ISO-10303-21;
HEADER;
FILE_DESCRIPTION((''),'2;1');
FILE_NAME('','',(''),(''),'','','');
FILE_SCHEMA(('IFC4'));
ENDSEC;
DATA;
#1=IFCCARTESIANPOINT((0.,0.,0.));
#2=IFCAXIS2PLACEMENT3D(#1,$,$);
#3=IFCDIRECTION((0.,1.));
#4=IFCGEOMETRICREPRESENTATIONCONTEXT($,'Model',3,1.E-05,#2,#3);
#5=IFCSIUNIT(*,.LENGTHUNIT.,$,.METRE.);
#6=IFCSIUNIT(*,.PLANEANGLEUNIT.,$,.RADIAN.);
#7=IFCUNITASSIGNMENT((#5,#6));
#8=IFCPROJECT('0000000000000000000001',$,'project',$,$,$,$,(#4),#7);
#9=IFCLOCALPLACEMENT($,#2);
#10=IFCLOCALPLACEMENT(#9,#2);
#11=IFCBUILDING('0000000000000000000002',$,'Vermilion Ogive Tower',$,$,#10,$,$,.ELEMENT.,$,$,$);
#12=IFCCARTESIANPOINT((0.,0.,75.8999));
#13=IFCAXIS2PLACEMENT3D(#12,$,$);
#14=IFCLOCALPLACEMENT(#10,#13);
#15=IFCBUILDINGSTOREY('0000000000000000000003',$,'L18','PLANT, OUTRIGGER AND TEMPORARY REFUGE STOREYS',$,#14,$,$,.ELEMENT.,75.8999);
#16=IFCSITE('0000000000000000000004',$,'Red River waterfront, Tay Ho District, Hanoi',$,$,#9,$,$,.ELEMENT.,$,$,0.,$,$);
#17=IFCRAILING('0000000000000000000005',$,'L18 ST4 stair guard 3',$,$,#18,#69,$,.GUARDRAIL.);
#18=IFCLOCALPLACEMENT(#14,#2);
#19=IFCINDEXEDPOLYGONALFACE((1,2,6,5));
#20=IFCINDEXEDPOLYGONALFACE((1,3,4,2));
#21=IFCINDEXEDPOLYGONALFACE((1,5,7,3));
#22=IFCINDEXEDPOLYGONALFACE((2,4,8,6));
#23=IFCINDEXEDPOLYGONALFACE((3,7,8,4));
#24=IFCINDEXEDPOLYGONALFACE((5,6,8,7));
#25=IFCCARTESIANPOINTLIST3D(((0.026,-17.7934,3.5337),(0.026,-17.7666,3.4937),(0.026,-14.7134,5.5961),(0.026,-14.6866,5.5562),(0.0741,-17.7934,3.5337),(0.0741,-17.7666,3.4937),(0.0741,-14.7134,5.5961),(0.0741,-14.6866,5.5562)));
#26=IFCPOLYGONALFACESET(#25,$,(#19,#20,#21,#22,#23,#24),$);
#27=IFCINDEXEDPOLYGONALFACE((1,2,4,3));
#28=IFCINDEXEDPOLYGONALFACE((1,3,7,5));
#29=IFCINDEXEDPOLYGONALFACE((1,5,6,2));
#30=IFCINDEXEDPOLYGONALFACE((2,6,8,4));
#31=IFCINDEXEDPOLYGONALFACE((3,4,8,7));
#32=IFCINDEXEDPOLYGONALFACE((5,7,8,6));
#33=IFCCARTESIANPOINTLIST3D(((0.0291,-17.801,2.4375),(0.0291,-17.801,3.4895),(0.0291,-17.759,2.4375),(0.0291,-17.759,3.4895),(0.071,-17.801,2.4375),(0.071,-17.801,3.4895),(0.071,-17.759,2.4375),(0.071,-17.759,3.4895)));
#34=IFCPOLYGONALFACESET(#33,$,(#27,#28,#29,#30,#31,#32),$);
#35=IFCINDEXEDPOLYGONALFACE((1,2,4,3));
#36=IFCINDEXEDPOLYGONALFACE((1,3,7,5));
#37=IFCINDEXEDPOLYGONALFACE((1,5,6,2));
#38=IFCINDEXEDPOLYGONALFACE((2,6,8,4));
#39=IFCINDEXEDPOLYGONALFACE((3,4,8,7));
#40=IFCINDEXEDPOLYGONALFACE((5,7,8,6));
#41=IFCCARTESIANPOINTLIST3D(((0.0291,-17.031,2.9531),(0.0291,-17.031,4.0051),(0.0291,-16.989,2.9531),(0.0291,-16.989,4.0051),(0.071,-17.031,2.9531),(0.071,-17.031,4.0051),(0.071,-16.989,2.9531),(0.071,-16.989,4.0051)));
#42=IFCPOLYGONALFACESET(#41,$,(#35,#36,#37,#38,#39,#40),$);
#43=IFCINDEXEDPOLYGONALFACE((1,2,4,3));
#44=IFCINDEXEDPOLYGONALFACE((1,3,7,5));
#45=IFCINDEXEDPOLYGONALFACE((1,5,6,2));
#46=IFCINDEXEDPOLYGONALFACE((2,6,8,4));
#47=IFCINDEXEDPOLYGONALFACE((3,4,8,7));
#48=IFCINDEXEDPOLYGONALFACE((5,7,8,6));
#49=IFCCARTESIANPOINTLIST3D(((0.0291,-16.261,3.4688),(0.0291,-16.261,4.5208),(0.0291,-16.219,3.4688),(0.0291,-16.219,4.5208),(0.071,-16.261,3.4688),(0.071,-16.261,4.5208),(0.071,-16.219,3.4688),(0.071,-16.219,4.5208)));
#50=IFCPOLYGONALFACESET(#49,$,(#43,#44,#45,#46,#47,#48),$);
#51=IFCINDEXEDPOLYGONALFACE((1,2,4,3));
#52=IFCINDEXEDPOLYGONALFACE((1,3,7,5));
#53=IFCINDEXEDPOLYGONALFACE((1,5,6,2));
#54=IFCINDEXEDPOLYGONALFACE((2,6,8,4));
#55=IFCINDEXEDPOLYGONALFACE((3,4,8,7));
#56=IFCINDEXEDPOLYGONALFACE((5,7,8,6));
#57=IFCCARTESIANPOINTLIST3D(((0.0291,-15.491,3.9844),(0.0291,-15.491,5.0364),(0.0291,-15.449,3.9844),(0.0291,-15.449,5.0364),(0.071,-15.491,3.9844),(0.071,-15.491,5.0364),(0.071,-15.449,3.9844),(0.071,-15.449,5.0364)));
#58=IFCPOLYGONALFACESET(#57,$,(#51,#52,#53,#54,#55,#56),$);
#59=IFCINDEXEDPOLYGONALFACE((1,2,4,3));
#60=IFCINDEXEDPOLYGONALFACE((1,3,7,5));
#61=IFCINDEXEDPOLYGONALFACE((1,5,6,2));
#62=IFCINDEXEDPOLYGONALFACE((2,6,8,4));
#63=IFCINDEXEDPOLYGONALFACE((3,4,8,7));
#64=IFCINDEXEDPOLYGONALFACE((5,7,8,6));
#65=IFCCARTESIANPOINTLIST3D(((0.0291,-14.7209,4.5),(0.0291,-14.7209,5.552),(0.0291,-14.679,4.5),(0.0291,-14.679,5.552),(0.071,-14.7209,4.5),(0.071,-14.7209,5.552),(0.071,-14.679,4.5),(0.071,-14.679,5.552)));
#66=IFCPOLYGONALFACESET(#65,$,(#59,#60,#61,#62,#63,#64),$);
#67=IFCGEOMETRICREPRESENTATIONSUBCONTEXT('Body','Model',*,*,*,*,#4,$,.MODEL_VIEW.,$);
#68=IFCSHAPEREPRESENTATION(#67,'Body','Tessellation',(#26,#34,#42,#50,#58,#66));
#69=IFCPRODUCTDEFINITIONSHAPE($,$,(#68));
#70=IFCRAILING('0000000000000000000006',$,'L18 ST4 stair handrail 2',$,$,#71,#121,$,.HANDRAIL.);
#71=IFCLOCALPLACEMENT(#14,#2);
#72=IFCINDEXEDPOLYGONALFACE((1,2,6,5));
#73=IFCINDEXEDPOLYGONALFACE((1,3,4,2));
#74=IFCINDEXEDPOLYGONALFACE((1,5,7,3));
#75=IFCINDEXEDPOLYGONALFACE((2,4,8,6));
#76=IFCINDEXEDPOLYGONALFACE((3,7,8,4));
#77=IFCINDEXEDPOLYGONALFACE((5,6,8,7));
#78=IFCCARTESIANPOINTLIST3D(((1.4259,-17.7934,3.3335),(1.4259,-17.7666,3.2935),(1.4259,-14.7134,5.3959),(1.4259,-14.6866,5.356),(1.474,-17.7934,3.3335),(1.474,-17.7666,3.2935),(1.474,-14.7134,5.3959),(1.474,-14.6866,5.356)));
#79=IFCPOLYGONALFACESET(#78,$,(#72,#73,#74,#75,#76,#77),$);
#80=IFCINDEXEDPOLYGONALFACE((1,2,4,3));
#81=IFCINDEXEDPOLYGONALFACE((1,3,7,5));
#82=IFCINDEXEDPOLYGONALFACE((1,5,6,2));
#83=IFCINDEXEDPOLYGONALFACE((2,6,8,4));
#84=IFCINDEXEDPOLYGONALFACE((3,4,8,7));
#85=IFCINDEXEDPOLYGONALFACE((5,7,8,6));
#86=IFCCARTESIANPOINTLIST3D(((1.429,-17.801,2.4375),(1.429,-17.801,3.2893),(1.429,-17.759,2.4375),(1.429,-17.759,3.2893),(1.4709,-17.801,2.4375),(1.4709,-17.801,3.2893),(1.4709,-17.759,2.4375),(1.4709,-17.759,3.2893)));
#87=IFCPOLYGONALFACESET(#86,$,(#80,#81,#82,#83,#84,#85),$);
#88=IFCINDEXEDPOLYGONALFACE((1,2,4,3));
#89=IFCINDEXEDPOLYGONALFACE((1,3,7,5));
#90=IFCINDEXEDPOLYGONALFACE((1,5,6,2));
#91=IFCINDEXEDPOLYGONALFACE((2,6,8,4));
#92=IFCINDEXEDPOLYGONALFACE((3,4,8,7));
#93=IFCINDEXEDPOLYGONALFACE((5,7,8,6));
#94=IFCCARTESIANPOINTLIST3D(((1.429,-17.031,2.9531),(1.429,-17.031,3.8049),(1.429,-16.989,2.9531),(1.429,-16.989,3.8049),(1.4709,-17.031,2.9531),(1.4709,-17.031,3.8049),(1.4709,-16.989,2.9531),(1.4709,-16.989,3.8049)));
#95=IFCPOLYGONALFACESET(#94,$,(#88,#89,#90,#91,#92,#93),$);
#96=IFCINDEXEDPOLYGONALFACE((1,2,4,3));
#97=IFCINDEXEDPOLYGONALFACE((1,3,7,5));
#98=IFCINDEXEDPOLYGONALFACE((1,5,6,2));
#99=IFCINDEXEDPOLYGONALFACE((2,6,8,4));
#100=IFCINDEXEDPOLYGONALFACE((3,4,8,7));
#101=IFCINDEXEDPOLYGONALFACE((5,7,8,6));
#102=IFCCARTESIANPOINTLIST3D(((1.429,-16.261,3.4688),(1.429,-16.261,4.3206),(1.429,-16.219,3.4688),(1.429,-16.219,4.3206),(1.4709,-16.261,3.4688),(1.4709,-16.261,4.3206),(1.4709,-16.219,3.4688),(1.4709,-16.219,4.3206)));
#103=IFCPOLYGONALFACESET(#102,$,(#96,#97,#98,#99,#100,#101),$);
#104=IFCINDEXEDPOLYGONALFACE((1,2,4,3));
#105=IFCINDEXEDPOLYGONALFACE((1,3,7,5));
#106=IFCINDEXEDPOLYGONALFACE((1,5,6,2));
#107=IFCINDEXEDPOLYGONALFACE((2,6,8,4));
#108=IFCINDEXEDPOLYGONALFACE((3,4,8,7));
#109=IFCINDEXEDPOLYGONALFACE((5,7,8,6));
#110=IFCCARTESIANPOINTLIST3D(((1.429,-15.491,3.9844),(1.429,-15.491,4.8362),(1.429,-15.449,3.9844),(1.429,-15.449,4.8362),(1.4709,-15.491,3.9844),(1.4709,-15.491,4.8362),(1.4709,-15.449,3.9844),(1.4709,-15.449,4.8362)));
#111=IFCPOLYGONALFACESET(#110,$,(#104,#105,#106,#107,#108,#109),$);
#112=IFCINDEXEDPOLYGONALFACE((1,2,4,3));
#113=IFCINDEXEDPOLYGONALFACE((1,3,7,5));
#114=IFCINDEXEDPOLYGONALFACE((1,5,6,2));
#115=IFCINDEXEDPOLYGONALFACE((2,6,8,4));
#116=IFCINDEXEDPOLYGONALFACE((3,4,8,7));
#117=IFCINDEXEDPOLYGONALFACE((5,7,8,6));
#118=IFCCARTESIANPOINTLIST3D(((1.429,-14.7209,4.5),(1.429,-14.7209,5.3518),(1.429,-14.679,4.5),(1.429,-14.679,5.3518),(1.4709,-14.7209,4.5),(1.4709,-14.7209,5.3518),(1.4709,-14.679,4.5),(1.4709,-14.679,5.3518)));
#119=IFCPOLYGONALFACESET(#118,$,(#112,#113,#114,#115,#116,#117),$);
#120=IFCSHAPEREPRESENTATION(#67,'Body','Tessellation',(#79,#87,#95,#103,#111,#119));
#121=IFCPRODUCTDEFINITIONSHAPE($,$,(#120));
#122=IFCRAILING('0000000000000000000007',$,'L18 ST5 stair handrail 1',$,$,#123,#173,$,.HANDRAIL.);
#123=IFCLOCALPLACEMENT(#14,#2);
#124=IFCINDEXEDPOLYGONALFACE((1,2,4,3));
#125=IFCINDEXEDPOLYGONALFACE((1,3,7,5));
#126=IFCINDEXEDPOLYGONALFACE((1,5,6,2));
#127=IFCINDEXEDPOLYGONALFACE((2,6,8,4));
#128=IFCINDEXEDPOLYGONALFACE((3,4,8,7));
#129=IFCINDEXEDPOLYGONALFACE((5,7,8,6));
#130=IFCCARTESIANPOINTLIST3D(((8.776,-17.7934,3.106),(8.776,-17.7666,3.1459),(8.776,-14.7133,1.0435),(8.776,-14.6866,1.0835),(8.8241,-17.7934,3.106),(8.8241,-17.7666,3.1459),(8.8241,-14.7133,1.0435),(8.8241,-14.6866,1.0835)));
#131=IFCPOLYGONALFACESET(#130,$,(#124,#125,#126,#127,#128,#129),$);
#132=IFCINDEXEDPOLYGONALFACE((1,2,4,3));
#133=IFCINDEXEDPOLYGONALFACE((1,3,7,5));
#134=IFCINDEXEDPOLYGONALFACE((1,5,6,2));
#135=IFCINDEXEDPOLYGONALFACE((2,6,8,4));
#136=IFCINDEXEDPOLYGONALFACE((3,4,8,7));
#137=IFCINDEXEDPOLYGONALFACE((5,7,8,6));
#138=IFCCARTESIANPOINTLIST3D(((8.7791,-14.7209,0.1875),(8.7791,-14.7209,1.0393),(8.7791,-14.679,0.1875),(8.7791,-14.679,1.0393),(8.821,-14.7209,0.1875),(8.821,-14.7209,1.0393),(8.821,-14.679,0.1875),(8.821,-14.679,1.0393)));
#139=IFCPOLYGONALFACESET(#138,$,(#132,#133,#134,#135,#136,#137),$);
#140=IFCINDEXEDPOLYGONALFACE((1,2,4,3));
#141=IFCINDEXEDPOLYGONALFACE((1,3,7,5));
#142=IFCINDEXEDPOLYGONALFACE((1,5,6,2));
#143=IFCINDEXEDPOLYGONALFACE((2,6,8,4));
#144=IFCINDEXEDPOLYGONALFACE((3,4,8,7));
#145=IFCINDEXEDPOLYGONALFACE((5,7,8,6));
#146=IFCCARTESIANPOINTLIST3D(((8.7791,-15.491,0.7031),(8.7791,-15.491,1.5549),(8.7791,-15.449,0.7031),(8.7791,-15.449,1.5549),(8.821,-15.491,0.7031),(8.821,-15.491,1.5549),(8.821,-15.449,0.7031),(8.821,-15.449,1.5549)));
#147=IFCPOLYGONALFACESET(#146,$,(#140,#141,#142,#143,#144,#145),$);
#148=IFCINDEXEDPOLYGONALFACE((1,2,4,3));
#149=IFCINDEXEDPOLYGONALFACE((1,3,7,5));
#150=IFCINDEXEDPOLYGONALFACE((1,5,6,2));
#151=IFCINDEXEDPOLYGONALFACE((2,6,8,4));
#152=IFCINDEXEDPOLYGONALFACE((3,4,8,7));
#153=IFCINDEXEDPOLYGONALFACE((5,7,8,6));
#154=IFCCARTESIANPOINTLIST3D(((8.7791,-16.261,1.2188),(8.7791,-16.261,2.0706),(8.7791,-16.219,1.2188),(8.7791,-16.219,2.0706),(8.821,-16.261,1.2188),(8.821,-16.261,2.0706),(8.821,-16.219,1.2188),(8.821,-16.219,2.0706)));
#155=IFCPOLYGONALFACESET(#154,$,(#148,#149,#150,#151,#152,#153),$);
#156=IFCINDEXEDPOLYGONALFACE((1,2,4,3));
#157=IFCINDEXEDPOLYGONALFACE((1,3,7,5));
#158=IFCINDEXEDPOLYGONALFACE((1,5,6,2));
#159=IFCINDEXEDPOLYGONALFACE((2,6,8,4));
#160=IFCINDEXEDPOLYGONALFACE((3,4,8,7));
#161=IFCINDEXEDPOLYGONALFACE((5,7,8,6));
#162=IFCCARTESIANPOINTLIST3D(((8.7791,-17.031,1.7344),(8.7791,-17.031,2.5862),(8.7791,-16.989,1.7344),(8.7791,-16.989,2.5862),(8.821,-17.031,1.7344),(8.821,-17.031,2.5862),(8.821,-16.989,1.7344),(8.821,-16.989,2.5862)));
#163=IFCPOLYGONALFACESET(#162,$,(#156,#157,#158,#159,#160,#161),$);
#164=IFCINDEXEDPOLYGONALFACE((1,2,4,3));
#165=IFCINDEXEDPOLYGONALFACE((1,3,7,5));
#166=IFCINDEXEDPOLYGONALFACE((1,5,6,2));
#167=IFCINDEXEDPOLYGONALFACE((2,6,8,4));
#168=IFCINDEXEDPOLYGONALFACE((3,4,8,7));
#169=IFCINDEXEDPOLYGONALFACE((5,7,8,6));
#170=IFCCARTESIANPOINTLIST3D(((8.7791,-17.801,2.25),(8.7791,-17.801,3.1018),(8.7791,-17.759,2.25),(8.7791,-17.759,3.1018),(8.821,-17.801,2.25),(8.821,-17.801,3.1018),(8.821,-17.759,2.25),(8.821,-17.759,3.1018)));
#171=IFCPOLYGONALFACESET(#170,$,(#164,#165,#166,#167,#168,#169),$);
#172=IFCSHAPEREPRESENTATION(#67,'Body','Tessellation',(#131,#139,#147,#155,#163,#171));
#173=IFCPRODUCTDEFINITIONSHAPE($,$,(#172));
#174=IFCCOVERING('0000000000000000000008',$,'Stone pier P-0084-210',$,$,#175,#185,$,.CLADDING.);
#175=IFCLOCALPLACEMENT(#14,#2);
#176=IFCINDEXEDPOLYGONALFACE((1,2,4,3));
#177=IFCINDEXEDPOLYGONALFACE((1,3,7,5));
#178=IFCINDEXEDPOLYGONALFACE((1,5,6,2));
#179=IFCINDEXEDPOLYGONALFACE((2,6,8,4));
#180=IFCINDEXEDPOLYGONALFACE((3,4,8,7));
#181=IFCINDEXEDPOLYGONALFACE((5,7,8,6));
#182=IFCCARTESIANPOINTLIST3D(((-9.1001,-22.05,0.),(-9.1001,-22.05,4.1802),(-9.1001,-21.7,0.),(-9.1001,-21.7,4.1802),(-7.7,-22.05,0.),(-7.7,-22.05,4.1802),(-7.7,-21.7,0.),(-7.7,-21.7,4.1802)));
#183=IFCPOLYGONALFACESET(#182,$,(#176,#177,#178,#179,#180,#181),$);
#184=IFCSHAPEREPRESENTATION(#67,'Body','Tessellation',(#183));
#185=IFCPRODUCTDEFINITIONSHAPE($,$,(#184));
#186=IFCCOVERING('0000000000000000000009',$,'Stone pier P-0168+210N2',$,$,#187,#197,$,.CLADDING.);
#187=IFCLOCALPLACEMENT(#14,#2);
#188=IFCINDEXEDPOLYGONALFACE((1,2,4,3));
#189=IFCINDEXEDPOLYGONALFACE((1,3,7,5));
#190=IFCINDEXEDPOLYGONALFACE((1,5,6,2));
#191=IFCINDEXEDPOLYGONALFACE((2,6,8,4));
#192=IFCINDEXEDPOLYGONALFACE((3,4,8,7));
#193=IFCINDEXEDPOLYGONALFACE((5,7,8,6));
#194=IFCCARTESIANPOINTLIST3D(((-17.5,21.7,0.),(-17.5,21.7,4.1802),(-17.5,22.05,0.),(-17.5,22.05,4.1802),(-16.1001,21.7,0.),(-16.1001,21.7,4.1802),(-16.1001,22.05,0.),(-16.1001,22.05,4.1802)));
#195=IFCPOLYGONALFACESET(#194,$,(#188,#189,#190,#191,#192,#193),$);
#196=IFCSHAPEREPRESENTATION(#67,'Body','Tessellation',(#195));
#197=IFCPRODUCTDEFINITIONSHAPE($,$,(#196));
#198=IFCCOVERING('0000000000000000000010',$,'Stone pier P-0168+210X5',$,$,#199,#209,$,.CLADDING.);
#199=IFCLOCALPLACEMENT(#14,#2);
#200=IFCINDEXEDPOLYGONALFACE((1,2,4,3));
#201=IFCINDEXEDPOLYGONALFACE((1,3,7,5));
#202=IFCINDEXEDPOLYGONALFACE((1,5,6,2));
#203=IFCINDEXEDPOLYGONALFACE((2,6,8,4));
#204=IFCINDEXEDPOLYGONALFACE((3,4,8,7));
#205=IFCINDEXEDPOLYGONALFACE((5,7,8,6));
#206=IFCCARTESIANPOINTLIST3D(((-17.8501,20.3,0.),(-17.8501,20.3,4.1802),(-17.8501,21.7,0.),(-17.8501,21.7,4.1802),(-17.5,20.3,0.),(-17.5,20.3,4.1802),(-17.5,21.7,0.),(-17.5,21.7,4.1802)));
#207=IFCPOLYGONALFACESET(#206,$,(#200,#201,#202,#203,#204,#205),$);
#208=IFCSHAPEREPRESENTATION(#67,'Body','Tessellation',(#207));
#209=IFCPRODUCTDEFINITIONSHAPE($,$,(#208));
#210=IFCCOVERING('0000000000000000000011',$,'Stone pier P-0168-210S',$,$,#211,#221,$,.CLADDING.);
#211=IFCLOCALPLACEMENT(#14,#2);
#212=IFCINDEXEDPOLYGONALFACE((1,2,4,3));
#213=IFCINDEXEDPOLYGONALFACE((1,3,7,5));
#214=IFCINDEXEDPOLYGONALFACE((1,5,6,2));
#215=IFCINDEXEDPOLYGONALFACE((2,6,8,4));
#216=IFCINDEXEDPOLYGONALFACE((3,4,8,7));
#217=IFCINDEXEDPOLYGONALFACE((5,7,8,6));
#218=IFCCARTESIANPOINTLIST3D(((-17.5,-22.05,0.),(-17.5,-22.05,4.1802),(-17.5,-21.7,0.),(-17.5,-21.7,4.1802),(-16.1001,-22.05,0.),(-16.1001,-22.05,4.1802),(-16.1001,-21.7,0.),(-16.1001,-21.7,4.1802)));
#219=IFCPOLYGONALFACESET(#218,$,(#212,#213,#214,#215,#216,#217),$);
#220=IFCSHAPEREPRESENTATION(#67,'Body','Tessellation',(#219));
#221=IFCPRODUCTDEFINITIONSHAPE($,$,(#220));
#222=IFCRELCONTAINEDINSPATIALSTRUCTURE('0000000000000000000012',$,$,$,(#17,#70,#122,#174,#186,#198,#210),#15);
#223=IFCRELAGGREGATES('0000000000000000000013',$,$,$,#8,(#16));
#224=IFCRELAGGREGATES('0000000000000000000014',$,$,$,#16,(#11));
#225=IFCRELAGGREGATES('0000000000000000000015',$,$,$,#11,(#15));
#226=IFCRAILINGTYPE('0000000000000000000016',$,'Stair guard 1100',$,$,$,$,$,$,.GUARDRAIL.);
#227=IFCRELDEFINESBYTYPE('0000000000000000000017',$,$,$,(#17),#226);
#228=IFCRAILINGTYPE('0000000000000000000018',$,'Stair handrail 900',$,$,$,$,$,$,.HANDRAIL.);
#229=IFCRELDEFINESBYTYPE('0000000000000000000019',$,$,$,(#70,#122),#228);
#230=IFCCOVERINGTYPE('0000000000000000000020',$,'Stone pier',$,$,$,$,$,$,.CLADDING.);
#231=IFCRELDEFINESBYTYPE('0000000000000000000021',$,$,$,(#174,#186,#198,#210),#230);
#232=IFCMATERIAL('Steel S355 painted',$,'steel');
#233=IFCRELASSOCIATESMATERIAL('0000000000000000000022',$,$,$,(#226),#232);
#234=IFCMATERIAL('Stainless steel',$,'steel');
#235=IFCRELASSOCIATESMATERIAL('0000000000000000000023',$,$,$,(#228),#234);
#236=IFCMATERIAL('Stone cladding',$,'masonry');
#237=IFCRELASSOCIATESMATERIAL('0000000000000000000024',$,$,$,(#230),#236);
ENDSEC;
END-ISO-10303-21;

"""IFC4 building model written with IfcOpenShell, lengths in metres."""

from ifc_helpers import new_model, si_unit, direction, frame, origin, origin_2d, place, context, subcontext, project, spatial, polyline, rectangle, outline, extrude, material, type_object, element, save


model = new_model("IFC4")

# Units and contexts
model_context = context("Model", 3, precision=1e-05, world=origin(), true_north=direction((0.0, 1.0)))
body_context = subcontext(model_context, "Body", "Model", "MODEL_VIEW")
ifc_project = project(units=[si_unit("LENGTHUNIT", "METRE"), si_unit("PLANEANGLEUNIT", "RADIAN")], contexts=[model_context])

# Site, building, storey
site_placement = place(None, origin())
site = spatial("IfcSite", under=ifc_project, at=site_placement, Name="Red River waterfront, Tay Ho District, Hanoi", CompositionType="ELEMENT", RefElevation=0.0)
building_placement = place(site_placement, origin())
building = spatial("IfcBuilding", under=site, at=building_placement, Name="Vermilion Ogive Tower", CompositionType="ELEMENT")
storey_placement = place(building_placement, frame((0.0, 0.0, 75.8999)))
storey = spatial("IfcBuildingStorey", under=building, at=storey_placement, Name="L18", Description="PLANT, OUTRIGGER AND TEMPORARY REFUGE STOREYS", CompositionType="ELEMENT", Elevation=75.8999)

# Railings
ifc_material_1 = material(Name="Steel S355 painted", Category="steel")
railing_type_1 = type_object("IfcRailingType", Name="Stair guard 1100", PredefinedType="GUARDRAIL", material=ifc_material_1)
railing_1_placement = place(storey_placement, frame((0.05, -17.78, 2.4375)))
element("IfcRailing", 1, at=railing_1_placement, inside=storey, type_object=railing_type_1, Name="L18 ST4 stair guard 3", PredefinedType="GUARDRAIL", context=body_context, shape_type="SweptSolid", body=[
    extrude(rectangle(XDim=0.0481, YDim=0.0481, at=origin_2d()), frame((0.0, 0.0, 1.0762), z_axis=(0.0, 0.830914, 0.556401), x_axis=(-1.0, 0.0, 0.0)), (0.0, 0.0, 1.0), 3.7068),
    extrude(rectangle(XDim=0.042, YDim=0.042, at=origin_2d()), origin(), (0.0, 0.0, 1.0), 1.052),
    extrude(rectangle(XDim=0.042, YDim=0.042, at=origin_2d()), frame((0.0, 0.77, 0.5156)), (0.0, 0.0, 1.0), 1.052),
    extrude(rectangle(XDim=0.042, YDim=0.042, at=origin_2d()), frame((0.0, 1.54, 1.0312)), (0.0, 0.0, 1.0), 1.052),
    extrude(rectangle(XDim=0.042, YDim=0.042, at=origin_2d()), frame((0.0, 2.3101, 1.5469)), (0.0, 0.0, 1.0), 1.052),
    extrude(rectangle(XDim=0.042, YDim=0.042, at=origin_2d()), frame((0.0, 3.0801, 2.0625)), (0.0, 0.0, 1.0), 1.052),
])
ifc_material_2 = material(Name="Stainless steel", Category="steel")
railing_type_2 = type_object("IfcRailingType", Name="Stair handrail 900", PredefinedType="HANDRAIL", material=ifc_material_2)
railing_2_placement = place(storey_placement, frame((1.45, -17.78, 2.4375)))
element("IfcRailing", 2, at=railing_2_placement, inside=storey, type_object=railing_type_2, Name="L18 ST4 stair handrail 2", PredefinedType="HANDRAIL", context=body_context, shape_type="SweptSolid", body=[
    extrude(rectangle(XDim=0.0481, YDim=0.0481, at=origin_2d()), frame((0.0, 0.0, 0.876), z_axis=(0.0, 0.830914, 0.556401), x_axis=(-1.0, 0.0, 0.0)), (0.0, 0.0, 1.0), 3.7068),
    extrude(rectangle(XDim=0.042, YDim=0.042, at=origin_2d()), origin(), (0.0, 0.0, 1.0), 0.8518),
    extrude(rectangle(XDim=0.042, YDim=0.042, at=origin_2d()), frame((0.0, 0.77, 0.5156)), (0.0, 0.0, 1.0), 0.8518),
    extrude(rectangle(XDim=0.042, YDim=0.042, at=origin_2d()), frame((0.0, 1.54, 1.0312)), (0.0, 0.0, 1.0), 0.8518),
    extrude(rectangle(XDim=0.042, YDim=0.042, at=origin_2d()), frame((0.0, 2.3101, 1.5469)), (0.0, 0.0, 1.0), 0.8518),
    extrude(rectangle(XDim=0.042, YDim=0.042, at=origin_2d()), frame((0.0, 3.0801, 2.0625)), (0.0, 0.0, 1.0), 0.8518),
])
railing_3_placement = place(storey_placement, frame((8.8, -14.7, 0.1875)))
element("IfcRailing", 3, at=railing_3_placement, inside=storey, type_object=railing_type_2, Name="L18 ST5 stair handrail 1", PredefinedType="HANDRAIL", context=body_context, shape_type="SweptSolid", body=[
    extrude(rectangle(XDim=0.0481, YDim=0.0481, at=origin_2d()), frame((0.0, 0.0, 0.876), z_axis=(0.0, -0.830914, 0.556401), x_axis=(1.0, 0.0, 0.0)), (0.0, 0.0, 1.0), 3.7068),
    extrude(rectangle(XDim=0.042, YDim=0.042, at=origin_2d()), origin(), (0.0, 0.0, 1.0), 0.8518),
    extrude(rectangle(XDim=0.042, YDim=0.042, at=origin_2d()), frame((0.0, -0.77, 0.5156)), (0.0, 0.0, 1.0), 0.8518),
    extrude(rectangle(XDim=0.042, YDim=0.042, at=origin_2d()), frame((0.0, -1.54, 1.0312)), (0.0, 0.0, 1.0), 0.8518),
    extrude(rectangle(XDim=0.042, YDim=0.042, at=origin_2d()), frame((0.0, -2.3101, 1.5469)), (0.0, 0.0, 1.0), 0.8518),
    extrude(rectangle(XDim=0.042, YDim=0.042, at=origin_2d()), frame((0.0, -3.0801, 2.0625)), (0.0, 0.0, 1.0), 0.8518),
])

# Coverings
ifc_material_3 = material(Name="Stone cladding", Category="masonry")
covering_type = type_object("IfcCoveringType", Name="Stone pier", PredefinedType="CLADDING", material=ifc_material_3)
covering_1_placement = place(storey_placement, origin())
element("IfcCovering", 4, at=covering_1_placement, inside=storey, type_object=covering_type, Name="Stone pier P-0084-210", PredefinedType="CLADDING", context=body_context, shape_type="SweptSolid", body=[
    extrude(outline(polyline([(-7.7, -22.05), (-9.1001, -22.05), (-9.1001, -21.7), (-7.7, -21.7), (-7.7, -22.05)])), origin(), (0.0, 0.0, 1.0), 4.1802),
])
covering_2_placement = place(storey_placement, origin())
element("IfcCovering", 5, at=covering_2_placement, inside=storey, type_object=covering_type, Name="Stone pier P-0168+210N2", PredefinedType="CLADDING", context=body_context, shape_type="SweptSolid", body=[
    extrude(outline(polyline([(-17.5, 21.7), (-17.5, 22.05), (-16.1001, 22.05), (-16.1001, 21.7), (-17.5, 21.7), (-17.5, 21.7)])), origin(), (0.0, 0.0, 1.0), 4.1802),
])
covering_3_placement = place(storey_placement, origin())
element("IfcCovering", 6, at=covering_3_placement, inside=storey, type_object=covering_type, Name="Stone pier P-0168+210X5", PredefinedType="CLADDING", context=body_context, shape_type="SweptSolid", body=[
    extrude(outline(polyline([(-17.8501, 21.7), (-17.5, 21.7), (-17.5, 21.7), (-17.5, 20.3), (-17.8501, 20.3), (-17.8501, 21.7)])), origin(), (0.0, 0.0, 1.0), 4.1802),
])
covering_4_placement = place(storey_placement, origin())
element("IfcCovering", 7, at=covering_4_placement, inside=storey, type_object=covering_type, Name="Stone pier P-0168-210S", PredefinedType="CLADDING", context=body_context, shape_type="SweptSolid", body=[
    extrude(outline(polyline([(-16.1001, -22.05), (-17.5, -22.05), (-17.5, -21.7), (-16.1001, -21.7), (-16.1001, -22.05)])), origin(), (0.0, 0.0, 1.0), 4.1802),
])

save(model, "model.ifc")
